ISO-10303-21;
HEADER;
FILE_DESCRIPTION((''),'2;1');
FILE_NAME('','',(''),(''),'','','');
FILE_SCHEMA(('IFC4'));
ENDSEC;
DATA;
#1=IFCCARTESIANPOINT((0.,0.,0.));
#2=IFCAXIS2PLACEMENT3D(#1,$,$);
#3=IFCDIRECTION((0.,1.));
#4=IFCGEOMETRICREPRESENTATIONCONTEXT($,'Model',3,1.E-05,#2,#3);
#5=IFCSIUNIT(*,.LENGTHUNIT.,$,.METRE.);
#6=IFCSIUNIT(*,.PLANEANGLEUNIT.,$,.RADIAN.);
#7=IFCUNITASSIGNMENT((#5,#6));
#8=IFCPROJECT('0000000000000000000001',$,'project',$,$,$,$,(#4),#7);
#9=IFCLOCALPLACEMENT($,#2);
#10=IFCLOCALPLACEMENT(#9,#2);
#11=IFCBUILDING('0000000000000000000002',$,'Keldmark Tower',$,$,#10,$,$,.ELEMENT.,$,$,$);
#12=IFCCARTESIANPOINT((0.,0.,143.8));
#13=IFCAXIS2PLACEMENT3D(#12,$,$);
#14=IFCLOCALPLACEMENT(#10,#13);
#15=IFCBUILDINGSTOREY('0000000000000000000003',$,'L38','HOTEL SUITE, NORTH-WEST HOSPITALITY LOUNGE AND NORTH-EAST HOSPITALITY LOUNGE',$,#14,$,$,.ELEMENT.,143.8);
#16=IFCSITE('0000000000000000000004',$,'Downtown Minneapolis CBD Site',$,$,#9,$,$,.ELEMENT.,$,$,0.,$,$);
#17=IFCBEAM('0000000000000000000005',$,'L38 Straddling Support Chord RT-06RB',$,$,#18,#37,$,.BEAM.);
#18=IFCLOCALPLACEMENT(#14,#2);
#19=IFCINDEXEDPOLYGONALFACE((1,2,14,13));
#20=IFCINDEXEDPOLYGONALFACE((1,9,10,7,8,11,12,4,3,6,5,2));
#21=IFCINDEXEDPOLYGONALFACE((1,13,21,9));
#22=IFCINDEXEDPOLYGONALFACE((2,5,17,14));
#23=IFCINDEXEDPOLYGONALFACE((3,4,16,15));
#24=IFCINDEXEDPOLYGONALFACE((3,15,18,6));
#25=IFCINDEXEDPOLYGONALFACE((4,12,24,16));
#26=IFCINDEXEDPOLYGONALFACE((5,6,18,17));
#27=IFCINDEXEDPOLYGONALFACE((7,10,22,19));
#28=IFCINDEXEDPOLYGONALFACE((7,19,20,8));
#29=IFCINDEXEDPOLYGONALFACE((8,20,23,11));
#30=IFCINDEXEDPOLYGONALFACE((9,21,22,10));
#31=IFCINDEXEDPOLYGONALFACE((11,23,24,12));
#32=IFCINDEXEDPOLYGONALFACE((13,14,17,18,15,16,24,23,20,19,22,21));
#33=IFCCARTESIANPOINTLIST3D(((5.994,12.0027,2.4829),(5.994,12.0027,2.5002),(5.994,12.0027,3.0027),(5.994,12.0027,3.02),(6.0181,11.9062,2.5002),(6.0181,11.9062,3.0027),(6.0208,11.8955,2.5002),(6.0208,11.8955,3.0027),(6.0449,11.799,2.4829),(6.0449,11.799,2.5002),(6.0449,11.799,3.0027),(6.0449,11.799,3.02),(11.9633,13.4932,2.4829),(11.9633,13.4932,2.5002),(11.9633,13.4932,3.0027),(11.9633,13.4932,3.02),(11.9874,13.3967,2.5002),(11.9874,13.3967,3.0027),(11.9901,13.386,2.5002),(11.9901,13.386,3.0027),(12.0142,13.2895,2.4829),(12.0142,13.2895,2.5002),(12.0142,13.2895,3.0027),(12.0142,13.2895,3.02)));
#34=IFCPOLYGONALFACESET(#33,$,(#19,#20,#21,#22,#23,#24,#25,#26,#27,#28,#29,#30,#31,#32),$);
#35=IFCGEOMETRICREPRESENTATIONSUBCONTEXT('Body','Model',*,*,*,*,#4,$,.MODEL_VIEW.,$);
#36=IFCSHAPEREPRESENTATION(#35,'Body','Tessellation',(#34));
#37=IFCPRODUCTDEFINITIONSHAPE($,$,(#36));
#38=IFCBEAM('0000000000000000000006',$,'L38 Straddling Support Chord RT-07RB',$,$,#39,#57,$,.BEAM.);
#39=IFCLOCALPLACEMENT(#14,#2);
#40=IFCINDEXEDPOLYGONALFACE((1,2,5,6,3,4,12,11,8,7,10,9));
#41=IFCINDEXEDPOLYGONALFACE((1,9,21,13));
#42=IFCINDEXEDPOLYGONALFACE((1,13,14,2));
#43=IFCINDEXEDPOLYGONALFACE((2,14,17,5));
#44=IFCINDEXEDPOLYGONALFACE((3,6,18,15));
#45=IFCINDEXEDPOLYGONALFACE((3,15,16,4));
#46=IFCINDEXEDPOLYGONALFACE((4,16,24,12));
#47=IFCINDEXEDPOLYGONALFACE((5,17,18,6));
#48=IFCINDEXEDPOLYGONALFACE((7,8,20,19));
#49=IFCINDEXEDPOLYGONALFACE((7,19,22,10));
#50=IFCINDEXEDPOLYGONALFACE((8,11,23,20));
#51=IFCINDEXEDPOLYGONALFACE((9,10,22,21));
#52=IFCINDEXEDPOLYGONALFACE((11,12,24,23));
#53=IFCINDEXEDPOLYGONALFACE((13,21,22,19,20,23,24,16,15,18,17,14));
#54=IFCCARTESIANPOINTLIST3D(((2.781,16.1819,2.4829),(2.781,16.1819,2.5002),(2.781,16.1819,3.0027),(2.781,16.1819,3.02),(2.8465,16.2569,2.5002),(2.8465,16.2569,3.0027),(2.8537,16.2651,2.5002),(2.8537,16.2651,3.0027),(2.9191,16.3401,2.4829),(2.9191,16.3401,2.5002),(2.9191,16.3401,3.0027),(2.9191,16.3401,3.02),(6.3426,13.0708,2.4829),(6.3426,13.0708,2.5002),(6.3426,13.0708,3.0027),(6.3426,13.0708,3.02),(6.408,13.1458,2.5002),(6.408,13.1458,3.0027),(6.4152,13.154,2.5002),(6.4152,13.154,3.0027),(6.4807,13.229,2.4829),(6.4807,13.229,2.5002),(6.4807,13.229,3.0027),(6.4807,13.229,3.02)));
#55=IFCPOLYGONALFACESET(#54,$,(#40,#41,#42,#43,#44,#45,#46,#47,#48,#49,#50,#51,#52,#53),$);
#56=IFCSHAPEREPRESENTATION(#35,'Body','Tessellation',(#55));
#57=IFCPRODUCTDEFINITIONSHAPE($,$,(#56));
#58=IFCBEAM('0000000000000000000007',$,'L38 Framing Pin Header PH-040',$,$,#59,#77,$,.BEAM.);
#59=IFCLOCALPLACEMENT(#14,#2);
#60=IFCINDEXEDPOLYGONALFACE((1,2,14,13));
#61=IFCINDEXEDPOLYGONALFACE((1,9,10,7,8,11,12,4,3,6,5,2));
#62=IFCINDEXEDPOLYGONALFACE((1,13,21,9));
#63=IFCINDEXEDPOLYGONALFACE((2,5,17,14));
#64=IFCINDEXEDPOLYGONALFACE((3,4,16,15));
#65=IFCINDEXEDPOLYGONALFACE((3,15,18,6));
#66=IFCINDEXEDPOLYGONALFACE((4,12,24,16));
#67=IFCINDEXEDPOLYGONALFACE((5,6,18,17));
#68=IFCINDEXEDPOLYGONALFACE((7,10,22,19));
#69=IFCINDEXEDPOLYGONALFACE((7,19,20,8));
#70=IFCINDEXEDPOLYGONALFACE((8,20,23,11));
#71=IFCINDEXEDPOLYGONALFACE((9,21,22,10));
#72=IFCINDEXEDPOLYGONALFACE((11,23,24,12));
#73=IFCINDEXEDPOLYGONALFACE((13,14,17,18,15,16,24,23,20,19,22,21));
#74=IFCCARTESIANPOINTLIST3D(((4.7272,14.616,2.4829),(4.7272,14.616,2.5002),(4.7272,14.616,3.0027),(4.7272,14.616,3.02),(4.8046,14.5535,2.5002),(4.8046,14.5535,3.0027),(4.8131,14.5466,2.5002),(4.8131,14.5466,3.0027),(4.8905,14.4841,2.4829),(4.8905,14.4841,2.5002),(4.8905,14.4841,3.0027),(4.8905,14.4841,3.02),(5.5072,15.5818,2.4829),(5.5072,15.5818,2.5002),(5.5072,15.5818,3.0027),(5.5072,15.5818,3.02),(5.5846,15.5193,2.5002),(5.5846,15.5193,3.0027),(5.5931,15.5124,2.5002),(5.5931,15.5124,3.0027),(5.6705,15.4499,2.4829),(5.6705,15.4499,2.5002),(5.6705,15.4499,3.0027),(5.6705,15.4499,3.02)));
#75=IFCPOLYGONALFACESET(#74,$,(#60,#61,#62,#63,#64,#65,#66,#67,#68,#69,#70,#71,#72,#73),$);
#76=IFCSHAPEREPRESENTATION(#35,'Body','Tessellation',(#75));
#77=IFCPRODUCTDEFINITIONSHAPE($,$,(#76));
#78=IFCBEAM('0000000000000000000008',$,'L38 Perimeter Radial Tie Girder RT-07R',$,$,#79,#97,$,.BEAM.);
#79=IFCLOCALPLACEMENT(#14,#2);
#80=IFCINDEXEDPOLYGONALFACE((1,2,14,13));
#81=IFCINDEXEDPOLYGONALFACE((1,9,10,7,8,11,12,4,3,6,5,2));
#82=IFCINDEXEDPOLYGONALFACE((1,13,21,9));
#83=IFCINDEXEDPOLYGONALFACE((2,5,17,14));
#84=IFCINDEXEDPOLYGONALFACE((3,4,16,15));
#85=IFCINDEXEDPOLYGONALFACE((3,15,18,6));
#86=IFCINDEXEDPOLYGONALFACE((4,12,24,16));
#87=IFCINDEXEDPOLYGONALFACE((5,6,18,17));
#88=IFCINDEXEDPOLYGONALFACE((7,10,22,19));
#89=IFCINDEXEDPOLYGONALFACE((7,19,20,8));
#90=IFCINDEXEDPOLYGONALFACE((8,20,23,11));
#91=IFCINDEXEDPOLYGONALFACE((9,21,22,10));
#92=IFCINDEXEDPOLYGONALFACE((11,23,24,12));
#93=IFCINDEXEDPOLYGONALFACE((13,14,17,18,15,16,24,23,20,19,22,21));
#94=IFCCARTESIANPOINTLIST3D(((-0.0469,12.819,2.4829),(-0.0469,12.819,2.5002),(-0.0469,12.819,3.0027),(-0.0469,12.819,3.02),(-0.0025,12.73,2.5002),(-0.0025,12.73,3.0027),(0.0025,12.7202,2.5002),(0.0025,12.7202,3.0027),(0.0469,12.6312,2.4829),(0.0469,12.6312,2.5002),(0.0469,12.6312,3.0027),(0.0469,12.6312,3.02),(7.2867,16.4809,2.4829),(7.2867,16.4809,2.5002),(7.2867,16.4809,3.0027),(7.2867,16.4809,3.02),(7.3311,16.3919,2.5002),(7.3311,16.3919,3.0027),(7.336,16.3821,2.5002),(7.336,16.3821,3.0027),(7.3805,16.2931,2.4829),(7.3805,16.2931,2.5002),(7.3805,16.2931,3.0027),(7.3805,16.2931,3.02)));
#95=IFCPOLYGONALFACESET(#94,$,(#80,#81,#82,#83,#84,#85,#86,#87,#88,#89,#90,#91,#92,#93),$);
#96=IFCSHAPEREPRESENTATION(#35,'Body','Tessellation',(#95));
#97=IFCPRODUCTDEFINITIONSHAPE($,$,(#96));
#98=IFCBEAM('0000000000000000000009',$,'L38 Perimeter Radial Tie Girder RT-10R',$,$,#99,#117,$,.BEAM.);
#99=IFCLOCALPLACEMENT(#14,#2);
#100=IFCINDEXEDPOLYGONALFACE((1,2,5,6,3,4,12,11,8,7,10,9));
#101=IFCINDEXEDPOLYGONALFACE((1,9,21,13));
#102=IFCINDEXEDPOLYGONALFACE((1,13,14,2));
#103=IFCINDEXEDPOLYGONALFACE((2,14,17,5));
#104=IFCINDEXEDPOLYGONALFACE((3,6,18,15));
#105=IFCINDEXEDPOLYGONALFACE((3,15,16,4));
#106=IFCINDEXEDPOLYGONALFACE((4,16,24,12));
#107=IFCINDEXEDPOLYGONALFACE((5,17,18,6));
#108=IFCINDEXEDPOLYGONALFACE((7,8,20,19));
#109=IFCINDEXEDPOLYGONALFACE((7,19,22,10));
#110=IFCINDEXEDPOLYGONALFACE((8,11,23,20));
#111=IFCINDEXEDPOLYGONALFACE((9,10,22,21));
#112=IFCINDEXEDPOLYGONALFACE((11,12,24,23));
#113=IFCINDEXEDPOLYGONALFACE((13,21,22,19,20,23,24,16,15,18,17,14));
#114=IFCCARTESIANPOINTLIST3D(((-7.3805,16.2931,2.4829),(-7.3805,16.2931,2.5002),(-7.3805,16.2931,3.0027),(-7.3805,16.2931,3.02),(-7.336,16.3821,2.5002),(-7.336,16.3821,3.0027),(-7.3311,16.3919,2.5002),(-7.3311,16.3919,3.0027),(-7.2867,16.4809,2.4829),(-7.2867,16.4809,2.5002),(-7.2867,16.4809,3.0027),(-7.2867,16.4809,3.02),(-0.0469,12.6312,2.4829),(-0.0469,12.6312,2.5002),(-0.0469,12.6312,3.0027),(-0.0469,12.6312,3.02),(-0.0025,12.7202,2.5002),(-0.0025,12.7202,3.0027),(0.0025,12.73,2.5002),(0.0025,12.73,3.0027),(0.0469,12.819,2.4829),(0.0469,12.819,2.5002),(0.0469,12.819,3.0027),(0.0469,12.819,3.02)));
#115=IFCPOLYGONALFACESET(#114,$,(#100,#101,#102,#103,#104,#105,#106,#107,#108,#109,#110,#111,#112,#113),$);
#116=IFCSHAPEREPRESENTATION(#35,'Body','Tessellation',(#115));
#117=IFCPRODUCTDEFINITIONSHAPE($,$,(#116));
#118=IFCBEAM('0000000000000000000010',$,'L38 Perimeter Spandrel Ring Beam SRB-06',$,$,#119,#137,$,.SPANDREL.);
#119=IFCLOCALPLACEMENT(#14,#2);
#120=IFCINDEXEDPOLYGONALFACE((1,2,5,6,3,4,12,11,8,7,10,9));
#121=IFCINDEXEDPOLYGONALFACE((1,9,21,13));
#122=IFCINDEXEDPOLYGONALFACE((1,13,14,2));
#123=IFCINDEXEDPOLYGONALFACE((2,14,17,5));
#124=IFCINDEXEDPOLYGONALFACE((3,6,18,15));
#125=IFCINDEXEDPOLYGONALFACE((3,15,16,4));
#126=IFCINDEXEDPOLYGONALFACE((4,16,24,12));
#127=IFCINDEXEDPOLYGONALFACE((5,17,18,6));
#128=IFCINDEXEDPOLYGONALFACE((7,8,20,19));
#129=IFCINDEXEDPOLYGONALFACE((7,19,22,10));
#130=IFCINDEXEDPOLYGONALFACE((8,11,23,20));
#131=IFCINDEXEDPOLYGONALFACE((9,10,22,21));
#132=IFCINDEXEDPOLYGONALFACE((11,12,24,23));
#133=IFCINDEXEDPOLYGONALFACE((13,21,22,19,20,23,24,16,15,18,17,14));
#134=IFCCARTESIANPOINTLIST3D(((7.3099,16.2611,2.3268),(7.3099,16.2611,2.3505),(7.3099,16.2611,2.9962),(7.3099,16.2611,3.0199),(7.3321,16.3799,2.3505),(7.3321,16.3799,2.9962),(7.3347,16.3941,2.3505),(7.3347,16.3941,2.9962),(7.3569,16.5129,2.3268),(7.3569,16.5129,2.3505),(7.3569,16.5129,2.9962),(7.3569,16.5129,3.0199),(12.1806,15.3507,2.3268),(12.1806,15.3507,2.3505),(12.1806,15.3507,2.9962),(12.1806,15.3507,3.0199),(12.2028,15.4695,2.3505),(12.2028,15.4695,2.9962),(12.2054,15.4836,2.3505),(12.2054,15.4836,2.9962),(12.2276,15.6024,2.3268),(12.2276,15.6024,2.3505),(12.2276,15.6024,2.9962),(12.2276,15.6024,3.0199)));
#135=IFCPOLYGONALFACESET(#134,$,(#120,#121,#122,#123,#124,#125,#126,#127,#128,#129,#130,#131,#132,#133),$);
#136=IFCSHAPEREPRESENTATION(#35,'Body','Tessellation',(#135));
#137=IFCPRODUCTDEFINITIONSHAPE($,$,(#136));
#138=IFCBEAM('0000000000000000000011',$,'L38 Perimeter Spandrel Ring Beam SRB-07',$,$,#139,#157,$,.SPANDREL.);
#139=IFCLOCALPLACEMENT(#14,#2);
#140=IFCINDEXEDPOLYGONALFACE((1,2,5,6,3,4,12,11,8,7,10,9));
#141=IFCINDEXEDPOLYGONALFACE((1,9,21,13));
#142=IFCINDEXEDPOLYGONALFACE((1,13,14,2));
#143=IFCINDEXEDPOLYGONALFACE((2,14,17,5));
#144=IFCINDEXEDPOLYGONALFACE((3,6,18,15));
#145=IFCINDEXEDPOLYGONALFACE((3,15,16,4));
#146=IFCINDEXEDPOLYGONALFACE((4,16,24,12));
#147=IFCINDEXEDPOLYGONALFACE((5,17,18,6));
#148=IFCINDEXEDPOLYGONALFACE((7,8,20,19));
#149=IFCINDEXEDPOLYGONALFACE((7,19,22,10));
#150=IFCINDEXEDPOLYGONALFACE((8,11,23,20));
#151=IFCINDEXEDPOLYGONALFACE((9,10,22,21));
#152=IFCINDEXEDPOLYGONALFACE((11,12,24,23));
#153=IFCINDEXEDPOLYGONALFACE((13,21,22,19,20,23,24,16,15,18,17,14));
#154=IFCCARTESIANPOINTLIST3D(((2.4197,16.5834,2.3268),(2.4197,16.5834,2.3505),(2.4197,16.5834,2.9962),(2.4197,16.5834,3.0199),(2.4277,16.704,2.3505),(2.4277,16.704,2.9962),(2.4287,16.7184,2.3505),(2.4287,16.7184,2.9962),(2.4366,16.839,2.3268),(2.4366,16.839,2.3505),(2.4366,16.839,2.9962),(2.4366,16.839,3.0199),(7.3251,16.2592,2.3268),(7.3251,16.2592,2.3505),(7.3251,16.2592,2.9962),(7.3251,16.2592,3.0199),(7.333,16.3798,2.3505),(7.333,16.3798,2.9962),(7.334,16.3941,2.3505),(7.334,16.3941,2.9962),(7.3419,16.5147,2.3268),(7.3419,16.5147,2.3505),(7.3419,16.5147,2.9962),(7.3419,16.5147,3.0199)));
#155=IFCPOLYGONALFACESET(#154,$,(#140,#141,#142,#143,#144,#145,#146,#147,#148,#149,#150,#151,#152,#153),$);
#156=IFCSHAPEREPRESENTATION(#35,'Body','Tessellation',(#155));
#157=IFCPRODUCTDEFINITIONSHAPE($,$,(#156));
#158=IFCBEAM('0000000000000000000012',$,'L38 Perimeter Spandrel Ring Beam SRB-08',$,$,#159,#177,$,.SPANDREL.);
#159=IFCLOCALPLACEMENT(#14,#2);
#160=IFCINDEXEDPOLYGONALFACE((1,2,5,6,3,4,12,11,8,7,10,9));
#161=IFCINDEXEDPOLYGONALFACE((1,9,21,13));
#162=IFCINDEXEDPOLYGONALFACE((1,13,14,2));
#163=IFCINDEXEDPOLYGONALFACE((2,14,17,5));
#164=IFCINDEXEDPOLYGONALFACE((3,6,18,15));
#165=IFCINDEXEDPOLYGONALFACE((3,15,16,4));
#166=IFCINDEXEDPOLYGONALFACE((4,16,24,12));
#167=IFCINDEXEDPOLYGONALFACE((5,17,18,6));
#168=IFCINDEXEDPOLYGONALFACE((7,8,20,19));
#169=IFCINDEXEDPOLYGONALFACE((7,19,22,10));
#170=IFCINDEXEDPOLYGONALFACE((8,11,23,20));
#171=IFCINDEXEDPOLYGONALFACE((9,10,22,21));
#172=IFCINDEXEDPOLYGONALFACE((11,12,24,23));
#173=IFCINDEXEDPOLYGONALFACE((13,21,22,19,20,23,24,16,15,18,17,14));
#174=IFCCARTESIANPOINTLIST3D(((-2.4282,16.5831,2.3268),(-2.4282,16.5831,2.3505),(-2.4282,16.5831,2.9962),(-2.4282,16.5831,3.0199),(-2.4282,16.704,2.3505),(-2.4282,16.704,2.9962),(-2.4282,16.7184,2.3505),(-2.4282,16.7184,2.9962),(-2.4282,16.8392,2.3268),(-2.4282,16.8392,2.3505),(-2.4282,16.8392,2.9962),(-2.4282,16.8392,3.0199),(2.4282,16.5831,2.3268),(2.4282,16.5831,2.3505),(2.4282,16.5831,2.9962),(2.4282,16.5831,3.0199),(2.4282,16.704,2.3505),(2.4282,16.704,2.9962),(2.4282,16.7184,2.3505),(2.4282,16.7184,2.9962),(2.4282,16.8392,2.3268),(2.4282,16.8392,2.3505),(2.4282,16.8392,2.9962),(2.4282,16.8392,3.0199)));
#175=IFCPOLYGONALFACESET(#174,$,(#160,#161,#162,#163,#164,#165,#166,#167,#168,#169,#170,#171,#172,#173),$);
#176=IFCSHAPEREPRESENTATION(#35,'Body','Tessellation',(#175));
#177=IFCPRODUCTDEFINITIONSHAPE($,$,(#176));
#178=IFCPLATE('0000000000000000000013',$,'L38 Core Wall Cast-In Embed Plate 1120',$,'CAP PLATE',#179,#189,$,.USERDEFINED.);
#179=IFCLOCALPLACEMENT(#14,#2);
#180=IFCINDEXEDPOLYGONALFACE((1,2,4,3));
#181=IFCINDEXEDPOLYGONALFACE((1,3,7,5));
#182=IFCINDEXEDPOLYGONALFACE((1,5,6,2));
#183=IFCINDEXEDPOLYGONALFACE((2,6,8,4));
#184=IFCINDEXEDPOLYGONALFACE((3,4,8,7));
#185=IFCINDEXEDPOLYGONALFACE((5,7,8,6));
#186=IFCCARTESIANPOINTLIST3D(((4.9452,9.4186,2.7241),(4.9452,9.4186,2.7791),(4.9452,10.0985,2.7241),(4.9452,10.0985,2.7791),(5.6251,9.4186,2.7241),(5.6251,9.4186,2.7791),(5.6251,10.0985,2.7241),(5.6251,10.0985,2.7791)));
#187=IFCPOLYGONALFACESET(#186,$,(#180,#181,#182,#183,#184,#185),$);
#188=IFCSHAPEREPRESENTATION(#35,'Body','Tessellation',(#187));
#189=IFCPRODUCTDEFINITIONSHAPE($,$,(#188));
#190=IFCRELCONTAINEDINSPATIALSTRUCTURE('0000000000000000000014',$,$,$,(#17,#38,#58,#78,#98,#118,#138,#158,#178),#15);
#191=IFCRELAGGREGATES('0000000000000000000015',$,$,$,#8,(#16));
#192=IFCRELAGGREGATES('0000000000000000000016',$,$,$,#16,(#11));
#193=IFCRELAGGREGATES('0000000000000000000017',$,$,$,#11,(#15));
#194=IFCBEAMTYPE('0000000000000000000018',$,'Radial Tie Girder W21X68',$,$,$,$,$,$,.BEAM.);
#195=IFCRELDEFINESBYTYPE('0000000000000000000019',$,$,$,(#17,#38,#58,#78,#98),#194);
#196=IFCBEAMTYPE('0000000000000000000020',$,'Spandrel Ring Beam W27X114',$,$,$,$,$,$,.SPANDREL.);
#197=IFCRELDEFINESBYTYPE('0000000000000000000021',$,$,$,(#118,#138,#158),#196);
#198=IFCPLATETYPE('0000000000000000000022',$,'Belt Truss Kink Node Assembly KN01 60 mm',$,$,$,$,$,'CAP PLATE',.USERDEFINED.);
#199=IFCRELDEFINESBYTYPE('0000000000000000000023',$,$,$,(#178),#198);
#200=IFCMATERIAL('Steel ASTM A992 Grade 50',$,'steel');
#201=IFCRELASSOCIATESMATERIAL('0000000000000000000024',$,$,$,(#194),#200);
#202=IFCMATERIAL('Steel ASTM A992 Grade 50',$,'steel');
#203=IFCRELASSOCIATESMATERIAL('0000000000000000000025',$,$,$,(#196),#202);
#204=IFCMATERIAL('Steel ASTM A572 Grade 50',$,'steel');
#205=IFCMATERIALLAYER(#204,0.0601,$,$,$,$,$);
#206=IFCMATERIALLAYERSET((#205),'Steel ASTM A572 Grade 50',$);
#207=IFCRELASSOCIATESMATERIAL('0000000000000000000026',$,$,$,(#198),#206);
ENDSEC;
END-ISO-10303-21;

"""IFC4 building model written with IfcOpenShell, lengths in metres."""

from ifc_helpers import new_model, si_unit, direction, frame, origin, origin_2d, place, context, subcontext, project, spatial, rectangle, i_section, extrude, material, layer, layer_set, material_profile, profile_set, type_object, element, save


model = new_model("IFC4")

# Units and contexts
model_context = context("Model", 3, precision=1e-05, world=origin(), true_north=direction((0.0, 1.0)))
body_context = subcontext(model_context, "Body", "Model", "MODEL_VIEW")
ifc_project = project(units=[si_unit("LENGTHUNIT", "METRE"), si_unit("PLANEANGLEUNIT", "RADIAN")], contexts=[model_context])

# Site, building, storey
site_placement = place(None, origin())
site = spatial("IfcSite", under=ifc_project, at=site_placement, Name="Downtown Minneapolis CBD Site", CompositionType="ELEMENT", RefElevation=0.0)
building_placement = place(site_placement, origin())
building = spatial("IfcBuilding", under=site, at=building_placement, Name="Keldmark Tower", CompositionType="ELEMENT")
storey_placement = place(building_placement, frame((0.0, 0.0, 143.8)))
storey = spatial("IfcBuildingStorey", under=building, at=storey_placement, Name="L38", Description="HOTEL SUITE, NORTH-WEST HOSPITALITY LOUNGE AND NORTH-EAST HOSPITALITY LOUNGE", CompositionType="ELEMENT", Elevation=143.8)

# Beams
ifc_material_1 = material(Name="Steel ASTM A992 Grade 50", Category="steel")
ifc_material_profile_1 = material_profile(ifc_material_1, i_section(OverallWidth=0.21, OverallDepth=0.5371, WebThickness=0.011, FlangeThickness=0.0173, at=origin_2d()), Name="W21X68")
ifc_profile_set_1 = profile_set([ifc_material_profile_1], Name="Steel ASTM A992 Grade 50")
beam_type_1 = type_object("IfcBeamType", Name="Radial Tie Girder W21X68", PredefinedType="BEAM", material=ifc_profile_set_1)
beam_1_placement = place(storey_placement, frame((11.9888, 13.3914, 2.7515), z_axis=(-0.970212, -0.242256, 0.0), x_axis=(0.242256, -0.970212, 0.0)))
element("IfcBeam", 1, at=beam_1_placement, inside=storey, type_object=beam_type_1, Name="L38 Straddling Support Chord RT-06RB", PredefinedType="BEAM", context=body_context, shape_type="SweptSolid", body=[
    extrude(i_section(OverallWidth=0.21, OverallDepth=0.5371, WebThickness=0.011, FlangeThickness=0.0173, at=origin_2d()), origin(), (0.0, 0.0, 1.0), 6.1526),
])
beam_2_placement = place(storey_placement, frame((6.4116, 13.1499, 2.7515), z_axis=(-0.753127, 0.657876, 0.0), x_axis=(-0.657876, -0.753127, 0.0)))
element("IfcBeam", 2, at=beam_2_placement, inside=storey, type_object=beam_type_1, Name="L38 Straddling Support Chord RT-07RB", PredefinedType="BEAM", context=body_context, shape_type="SweptSolid", body=[
    extrude(i_section(OverallWidth=0.21, OverallDepth=0.5371, WebThickness=0.011, FlangeThickness=0.0173, at=origin_2d()), origin(), (0.0, 0.0, 1.0), 4.729),
])
beam_3_placement = place(storey_placement, frame((4.8088, 14.55, 2.7515), z_axis=(0.62831, 0.777963, 0.0), x_axis=(-0.777963, 0.62831, 0.0)))
element("IfcBeam", 3, at=beam_3_placement, inside=storey, type_object=beam_type_1, Name="L38 Framing Pin Header PH-040", PredefinedType="BEAM", context=body_context, shape_type="SweptSolid", body=[
    extrude(i_section(OverallWidth=0.21, OverallDepth=0.5371, WebThickness=0.011, FlangeThickness=0.0173, at=origin_2d()), origin(), (0.0, 0.0, 1.0), 1.2415),
])
for number, where, z_axis, x_axis, name in (
    (4, (0.0, 12.7251, 2.7515), (0.894665, 0.446737, 0.0), (-0.446737, 0.894665, 0.0), "L38 Perimeter Radial Tie Girder RT-07R"),
    (5, (0.0, 12.7251, 2.7515), (-0.894665, 0.446737, 0.0), (-0.446737, -0.894665, 0.0), "L38 Perimeter Radial Tie Girder RT-10R"),
):
    element("IfcBeam", number, at=place(storey_placement, frame(where, z_axis=z_axis, x_axis=x_axis)), inside=storey, type_object=beam_type_1, Name=name, PredefinedType="BEAM", context=body_context, shape_type="SweptSolid", body=[
        extrude(i_section(OverallWidth=0.21, OverallDepth=0.5371, WebThickness=0.011, FlangeThickness=0.0173, at=origin_2d()), origin(), (0.0, 0.0, 1.0), 8.197),
    ])
ifc_material_2 = material(Name="Steel ASTM A992 Grade 50", Category="steel")
ifc_material_profile_2 = material_profile(ifc_material_2, i_section(OverallWidth=0.2561, OverallDepth=0.6931, WebThickness=0.0144, FlangeThickness=0.0237, at=origin_2d()), Name="W27X114")
ifc_profile_set_2 = profile_set([ifc_material_profile_2], Name="Steel ASTM A992 Grade 50")
beam_type_2 = type_object("IfcBeamType", Name="Spandrel Ring Beam W27X114", PredefinedType="SPANDREL", material=ifc_profile_set_2)
beam_4_placement = place(storey_placement, frame((12.2041, 15.4766, 2.6733), z_axis=(-0.982976, 0.183735, 0.0), x_axis=(-0.183735, -0.982976, 0.0)))
element("IfcBeam", 6, at=beam_4_placement, inside=storey, type_object=beam_type_2, Name="L38 Perimeter Spandrel Ring Beam SRB-06", PredefinedType="SPANDREL", context=body_context, shape_type="SweptSolid", body=[
    extrude(i_section(OverallWidth=0.2561, OverallDepth=0.6931, WebThickness=0.0144, FlangeThickness=0.0237, at=origin_2d()), origin(), (0.0, 0.0, 1.0), 4.9551),
])
beam_5_placement = place(storey_placement, frame((7.3335, 16.387, 2.6733), z_axis=(-0.997823, 0.065952, 0.0), x_axis=(-0.065952, -0.997823, 0.0)))
element("IfcBeam", 7, at=beam_5_placement, inside=storey, type_object=beam_type_2, Name="L38 Perimeter Spandrel Ring Beam SRB-07", PredefinedType="SPANDREL", context=body_context, shape_type="SweptSolid", body=[
    extrude(i_section(OverallWidth=0.2561, OverallDepth=0.6931, WebThickness=0.0144, FlangeThickness=0.0237, at=origin_2d()), origin(), (0.0, 0.0, 1.0), 4.916),
])
beam_6_placement = place(storey_placement, frame((2.4282, 16.7112, 2.6733), z_axis=(-1.0, 0.0, 0.0), x_axis=(0.0, -1.0, 0.0)))
element("IfcBeam", 8, at=beam_6_placement, inside=storey, type_object=beam_type_2, Name="L38 Perimeter Spandrel Ring Beam SRB-08", PredefinedType="SPANDREL", context=body_context, shape_type="SweptSolid", body=[
    extrude(i_section(OverallWidth=0.2561, OverallDepth=0.6931, WebThickness=0.0144, FlangeThickness=0.0237, at=origin_2d()), origin(), (0.0, 0.0, 1.0), 4.8564),
])

# Plate
ifc_material_3 = material(Name="Steel ASTM A572 Grade 50", Category="steel")
ifc_layer_1 = layer(ifc_material_3, 0.0601)
ifc_layer_set_1 = layer_set([ifc_layer_1], Name="Steel ASTM A572 Grade 50")
plate_type_1 = type_object("IfcPlateType", Name="Belt Truss Kink Node Assembly KN01 60 mm", ElementType="CAP PLATE", PredefinedType="USERDEFINED", material=ifc_layer_set_1)
for number, where, z_axis, x_axis, name in (
    (9, (5.2852, 9.7585, 2.7241), (0.0, 0.0, 1.0), (1.0, 0.0, 0.0), "L38 Core Wall Cast-In Embed Plate 1120"),
):
    element("IfcPlate", number, at=place(storey_placement, frame(where, z_axis=z_axis, x_axis=x_axis)), inside=storey, type_object=plate_type_1, Name=name, ObjectType="CAP PLATE", PredefinedType="USERDEFINED", context=body_context, shape_type="SweptSolid", body=[
        extrude(rectangle(XDim=0.6799, YDim=0.6799, at=origin_2d()), origin(), (0.0, 0.0, 1.0), 0.0549),
    ])

save(model, "model.ifc")
